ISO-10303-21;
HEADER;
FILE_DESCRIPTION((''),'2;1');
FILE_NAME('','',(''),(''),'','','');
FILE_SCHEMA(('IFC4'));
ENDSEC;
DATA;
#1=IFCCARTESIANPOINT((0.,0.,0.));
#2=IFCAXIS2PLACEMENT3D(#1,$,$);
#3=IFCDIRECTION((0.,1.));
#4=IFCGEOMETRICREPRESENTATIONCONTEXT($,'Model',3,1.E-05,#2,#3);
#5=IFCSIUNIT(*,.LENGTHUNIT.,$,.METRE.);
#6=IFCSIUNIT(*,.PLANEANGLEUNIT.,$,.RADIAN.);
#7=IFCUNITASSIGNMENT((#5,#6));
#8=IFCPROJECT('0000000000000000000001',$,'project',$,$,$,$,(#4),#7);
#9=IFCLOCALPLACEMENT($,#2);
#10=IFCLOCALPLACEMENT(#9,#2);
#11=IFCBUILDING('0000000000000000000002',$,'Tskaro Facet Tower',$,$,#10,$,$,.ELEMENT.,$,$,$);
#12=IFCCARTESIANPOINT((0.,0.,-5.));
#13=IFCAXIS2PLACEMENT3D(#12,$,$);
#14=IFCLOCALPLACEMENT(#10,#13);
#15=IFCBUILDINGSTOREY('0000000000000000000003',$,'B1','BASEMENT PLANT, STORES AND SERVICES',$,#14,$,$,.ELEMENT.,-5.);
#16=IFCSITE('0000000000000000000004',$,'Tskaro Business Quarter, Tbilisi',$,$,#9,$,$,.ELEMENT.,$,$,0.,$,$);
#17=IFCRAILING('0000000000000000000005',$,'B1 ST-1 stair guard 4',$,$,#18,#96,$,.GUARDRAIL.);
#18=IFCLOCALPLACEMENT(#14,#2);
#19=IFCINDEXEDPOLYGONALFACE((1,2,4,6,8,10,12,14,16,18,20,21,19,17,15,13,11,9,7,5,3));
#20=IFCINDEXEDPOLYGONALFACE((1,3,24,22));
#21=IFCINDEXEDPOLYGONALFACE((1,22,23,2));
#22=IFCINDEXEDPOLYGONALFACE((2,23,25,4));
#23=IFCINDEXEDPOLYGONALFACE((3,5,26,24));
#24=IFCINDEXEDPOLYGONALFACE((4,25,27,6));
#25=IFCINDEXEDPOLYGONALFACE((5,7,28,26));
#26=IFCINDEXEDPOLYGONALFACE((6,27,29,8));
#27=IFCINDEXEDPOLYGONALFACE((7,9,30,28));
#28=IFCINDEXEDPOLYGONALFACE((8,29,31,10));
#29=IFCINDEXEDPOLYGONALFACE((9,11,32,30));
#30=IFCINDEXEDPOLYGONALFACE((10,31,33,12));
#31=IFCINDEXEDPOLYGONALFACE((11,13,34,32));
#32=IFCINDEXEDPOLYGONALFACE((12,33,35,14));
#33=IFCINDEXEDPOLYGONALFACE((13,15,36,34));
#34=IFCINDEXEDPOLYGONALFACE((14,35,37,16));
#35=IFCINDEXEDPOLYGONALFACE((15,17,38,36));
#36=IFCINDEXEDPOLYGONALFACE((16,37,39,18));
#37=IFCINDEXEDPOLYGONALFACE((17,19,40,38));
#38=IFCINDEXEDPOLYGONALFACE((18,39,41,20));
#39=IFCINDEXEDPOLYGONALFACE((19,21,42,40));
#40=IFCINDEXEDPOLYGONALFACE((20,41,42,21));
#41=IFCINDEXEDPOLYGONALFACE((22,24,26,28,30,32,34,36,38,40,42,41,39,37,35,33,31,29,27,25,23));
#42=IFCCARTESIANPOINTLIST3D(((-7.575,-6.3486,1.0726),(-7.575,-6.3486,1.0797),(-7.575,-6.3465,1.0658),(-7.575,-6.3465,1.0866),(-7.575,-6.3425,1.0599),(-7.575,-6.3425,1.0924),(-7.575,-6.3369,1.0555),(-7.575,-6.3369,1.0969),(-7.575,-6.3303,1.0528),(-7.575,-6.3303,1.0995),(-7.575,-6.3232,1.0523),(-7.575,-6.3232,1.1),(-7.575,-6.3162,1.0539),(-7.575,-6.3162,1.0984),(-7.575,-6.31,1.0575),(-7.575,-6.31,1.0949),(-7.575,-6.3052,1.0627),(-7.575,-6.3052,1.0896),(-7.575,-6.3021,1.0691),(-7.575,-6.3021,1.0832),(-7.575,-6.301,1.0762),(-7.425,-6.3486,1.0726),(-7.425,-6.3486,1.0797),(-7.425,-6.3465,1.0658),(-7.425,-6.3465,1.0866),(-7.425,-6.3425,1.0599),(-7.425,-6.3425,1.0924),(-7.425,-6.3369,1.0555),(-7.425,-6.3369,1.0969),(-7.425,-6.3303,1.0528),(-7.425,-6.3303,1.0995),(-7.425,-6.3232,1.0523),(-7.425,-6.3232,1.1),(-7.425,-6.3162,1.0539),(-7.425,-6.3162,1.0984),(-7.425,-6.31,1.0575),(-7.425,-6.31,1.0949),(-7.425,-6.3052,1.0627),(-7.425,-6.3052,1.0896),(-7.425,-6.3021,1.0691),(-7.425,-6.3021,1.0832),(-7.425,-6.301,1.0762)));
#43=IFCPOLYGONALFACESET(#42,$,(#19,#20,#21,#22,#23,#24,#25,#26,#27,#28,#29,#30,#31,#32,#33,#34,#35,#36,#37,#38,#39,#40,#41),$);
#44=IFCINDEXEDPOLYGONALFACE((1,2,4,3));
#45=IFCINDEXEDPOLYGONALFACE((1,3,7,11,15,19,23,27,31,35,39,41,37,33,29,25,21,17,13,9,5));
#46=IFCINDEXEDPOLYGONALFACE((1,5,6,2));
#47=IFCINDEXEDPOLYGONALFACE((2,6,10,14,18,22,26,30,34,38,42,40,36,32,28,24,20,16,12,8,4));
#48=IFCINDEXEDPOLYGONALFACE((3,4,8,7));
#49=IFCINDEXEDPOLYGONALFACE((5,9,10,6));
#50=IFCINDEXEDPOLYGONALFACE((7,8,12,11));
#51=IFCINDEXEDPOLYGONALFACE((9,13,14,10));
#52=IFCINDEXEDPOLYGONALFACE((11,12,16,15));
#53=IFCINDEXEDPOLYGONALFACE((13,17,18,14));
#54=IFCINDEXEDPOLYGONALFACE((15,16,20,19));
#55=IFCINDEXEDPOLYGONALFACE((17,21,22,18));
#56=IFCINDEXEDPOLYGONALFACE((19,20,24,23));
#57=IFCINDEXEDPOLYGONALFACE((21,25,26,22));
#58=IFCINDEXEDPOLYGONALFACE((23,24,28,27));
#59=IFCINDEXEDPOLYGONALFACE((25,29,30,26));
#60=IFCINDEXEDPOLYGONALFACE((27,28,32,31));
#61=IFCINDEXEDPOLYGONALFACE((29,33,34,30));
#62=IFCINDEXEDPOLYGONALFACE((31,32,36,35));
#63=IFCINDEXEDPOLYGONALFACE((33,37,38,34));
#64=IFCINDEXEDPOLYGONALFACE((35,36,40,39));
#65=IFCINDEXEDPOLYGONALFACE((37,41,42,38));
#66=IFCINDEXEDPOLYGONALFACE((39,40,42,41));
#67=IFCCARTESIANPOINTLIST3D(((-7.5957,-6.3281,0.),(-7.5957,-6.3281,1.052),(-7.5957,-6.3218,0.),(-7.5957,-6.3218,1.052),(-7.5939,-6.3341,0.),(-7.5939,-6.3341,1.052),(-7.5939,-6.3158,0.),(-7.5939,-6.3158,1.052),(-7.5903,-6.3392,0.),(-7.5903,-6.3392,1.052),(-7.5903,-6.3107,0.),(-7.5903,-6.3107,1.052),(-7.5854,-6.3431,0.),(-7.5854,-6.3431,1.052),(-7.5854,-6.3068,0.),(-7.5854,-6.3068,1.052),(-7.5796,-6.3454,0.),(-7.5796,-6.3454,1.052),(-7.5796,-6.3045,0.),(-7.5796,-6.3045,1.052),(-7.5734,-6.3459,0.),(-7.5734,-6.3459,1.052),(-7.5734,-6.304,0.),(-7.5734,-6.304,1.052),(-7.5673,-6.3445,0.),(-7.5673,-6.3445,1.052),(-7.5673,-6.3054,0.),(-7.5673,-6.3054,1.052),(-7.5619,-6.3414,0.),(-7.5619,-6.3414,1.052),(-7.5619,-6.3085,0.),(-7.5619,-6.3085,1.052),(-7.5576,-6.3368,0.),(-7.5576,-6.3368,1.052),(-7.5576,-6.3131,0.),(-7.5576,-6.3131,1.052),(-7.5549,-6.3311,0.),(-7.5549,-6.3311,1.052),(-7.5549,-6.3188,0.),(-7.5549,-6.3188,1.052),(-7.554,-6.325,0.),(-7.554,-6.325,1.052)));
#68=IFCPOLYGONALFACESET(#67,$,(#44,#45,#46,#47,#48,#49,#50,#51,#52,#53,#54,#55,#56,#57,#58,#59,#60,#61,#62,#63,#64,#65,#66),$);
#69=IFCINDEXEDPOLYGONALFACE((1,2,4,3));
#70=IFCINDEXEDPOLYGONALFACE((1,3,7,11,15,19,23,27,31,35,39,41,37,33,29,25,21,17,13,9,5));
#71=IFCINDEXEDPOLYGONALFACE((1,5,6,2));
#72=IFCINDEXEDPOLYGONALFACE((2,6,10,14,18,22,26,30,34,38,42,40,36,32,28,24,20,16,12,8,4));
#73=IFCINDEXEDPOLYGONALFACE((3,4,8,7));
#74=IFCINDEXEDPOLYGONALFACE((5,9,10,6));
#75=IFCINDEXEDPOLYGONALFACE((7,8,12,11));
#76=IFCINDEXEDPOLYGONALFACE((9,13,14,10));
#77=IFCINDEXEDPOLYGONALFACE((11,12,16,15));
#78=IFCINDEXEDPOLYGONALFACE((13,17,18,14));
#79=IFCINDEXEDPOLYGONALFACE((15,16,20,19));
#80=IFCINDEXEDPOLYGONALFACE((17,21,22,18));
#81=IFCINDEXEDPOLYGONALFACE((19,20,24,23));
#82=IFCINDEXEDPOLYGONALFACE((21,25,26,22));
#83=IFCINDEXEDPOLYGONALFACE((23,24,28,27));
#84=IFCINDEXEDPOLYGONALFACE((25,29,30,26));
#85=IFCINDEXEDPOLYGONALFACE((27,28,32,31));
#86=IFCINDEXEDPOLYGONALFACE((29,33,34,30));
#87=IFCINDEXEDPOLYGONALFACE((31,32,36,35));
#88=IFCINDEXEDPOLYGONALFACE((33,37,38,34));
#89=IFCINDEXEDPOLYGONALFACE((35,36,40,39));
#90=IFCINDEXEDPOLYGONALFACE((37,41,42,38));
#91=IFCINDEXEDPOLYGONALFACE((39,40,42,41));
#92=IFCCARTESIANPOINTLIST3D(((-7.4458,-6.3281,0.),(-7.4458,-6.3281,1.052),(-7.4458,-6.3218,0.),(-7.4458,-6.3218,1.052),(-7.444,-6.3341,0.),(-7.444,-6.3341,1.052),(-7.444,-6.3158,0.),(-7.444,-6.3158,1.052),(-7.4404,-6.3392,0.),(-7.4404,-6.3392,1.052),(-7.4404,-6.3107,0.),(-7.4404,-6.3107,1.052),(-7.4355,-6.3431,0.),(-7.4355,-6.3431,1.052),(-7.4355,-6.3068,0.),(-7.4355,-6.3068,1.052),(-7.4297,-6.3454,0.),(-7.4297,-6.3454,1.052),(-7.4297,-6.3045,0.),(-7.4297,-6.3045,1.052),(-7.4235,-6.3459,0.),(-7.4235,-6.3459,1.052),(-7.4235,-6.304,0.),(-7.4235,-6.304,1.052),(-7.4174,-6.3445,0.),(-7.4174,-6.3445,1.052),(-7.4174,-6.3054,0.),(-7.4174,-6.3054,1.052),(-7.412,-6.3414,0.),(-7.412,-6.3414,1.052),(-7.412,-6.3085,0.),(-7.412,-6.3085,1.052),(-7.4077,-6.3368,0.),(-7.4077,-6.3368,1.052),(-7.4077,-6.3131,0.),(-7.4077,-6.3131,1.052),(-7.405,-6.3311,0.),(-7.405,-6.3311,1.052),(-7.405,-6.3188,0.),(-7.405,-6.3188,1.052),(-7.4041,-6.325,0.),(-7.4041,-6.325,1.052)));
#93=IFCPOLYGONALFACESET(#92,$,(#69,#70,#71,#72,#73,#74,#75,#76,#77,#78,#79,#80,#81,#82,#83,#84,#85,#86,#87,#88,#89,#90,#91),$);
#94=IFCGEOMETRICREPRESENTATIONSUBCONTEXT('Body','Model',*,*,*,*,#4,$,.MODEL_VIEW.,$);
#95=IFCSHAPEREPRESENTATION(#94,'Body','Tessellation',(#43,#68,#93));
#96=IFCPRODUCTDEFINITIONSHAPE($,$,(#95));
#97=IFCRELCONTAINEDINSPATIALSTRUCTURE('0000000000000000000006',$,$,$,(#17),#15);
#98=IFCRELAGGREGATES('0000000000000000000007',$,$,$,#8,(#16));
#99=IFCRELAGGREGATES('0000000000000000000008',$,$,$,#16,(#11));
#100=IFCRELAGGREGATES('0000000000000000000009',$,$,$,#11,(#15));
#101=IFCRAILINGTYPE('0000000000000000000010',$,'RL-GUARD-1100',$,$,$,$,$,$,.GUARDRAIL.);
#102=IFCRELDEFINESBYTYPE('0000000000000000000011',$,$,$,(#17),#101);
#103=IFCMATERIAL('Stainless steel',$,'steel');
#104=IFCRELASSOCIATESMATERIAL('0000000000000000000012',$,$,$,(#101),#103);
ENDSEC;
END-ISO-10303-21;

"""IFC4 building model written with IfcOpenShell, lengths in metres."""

from ifc_helpers import new_model, si_unit, direction, frame, origin, origin_2d, place, context, subcontext, project, spatial, circle, extrude, material, type_object, element, save


model = new_model("IFC4")

# Units and contexts
model_context = context("Model", 3, precision=1e-05, world=origin(), true_north=direction((0.0, 1.0)))
body_context = subcontext(model_context, "Body", "Model", "MODEL_VIEW")
ifc_project = project(units=[si_unit("LENGTHUNIT", "METRE"), si_unit("PLANEANGLEUNIT", "RADIAN")], contexts=[model_context])

# Site, building, storey
site_placement = place(None, origin())
site = spatial("IfcSite", under=ifc_project, at=site_placement, Name="Tskaro Business Quarter, Tbilisi", CompositionType="ELEMENT", RefElevation=0.0)
building_placement = place(site_placement, origin())
building = spatial("IfcBuilding", under=site, at=building_placement, Name="Tskaro Facet Tower", CompositionType="ELEMENT")
storey_placement = place(building_placement, frame((0.0, 0.0, -5.0)))
storey = spatial("IfcBuildingStorey", under=building, at=storey_placement, Name="B1", Description="BASEMENT PLANT, STORES AND SERVICES", CompositionType="ELEMENT", Elevation=-5.0)

# Shared definitions
ifc_material_1 = material(Name="Stainless steel", Category="steel")

# Railing
railing_type_1 = type_object("IfcRailingType", Name="RL-GUARD-1100", PredefinedType="GUARDRAIL", material=ifc_material_1)
railing_1_placement = place(storey_placement, frame((-7.575, -6.325, 0.0)))
element("IfcRailing", 1, at=railing_1_placement, inside=storey, type_object=railing_type_1, Name="B1 ST-1 stair guard 4", PredefinedType="GUARDRAIL", context=body_context, shape_type="SweptSolid", body=[
    extrude(circle(Radius=0.0239, at=origin_2d()), frame((0.0, 0.0, 1.0762), z_axis=(1.0, 0.0, 0.0), x_axis=(0.0, 1.0, 0.0)), (0.0, 0.0, 1.0), 0.1499),
    extrude(circle(Radius=0.021, at=origin_2d()), origin(), (0.0, 0.0, 1.0), 1.052),
    extrude(circle(Radius=0.021, at=origin_2d()), frame((0.1499, 0.0, 0.0)), (0.0, 0.0, 1.0), 1.052),
])

save(model, "model.ifc")
